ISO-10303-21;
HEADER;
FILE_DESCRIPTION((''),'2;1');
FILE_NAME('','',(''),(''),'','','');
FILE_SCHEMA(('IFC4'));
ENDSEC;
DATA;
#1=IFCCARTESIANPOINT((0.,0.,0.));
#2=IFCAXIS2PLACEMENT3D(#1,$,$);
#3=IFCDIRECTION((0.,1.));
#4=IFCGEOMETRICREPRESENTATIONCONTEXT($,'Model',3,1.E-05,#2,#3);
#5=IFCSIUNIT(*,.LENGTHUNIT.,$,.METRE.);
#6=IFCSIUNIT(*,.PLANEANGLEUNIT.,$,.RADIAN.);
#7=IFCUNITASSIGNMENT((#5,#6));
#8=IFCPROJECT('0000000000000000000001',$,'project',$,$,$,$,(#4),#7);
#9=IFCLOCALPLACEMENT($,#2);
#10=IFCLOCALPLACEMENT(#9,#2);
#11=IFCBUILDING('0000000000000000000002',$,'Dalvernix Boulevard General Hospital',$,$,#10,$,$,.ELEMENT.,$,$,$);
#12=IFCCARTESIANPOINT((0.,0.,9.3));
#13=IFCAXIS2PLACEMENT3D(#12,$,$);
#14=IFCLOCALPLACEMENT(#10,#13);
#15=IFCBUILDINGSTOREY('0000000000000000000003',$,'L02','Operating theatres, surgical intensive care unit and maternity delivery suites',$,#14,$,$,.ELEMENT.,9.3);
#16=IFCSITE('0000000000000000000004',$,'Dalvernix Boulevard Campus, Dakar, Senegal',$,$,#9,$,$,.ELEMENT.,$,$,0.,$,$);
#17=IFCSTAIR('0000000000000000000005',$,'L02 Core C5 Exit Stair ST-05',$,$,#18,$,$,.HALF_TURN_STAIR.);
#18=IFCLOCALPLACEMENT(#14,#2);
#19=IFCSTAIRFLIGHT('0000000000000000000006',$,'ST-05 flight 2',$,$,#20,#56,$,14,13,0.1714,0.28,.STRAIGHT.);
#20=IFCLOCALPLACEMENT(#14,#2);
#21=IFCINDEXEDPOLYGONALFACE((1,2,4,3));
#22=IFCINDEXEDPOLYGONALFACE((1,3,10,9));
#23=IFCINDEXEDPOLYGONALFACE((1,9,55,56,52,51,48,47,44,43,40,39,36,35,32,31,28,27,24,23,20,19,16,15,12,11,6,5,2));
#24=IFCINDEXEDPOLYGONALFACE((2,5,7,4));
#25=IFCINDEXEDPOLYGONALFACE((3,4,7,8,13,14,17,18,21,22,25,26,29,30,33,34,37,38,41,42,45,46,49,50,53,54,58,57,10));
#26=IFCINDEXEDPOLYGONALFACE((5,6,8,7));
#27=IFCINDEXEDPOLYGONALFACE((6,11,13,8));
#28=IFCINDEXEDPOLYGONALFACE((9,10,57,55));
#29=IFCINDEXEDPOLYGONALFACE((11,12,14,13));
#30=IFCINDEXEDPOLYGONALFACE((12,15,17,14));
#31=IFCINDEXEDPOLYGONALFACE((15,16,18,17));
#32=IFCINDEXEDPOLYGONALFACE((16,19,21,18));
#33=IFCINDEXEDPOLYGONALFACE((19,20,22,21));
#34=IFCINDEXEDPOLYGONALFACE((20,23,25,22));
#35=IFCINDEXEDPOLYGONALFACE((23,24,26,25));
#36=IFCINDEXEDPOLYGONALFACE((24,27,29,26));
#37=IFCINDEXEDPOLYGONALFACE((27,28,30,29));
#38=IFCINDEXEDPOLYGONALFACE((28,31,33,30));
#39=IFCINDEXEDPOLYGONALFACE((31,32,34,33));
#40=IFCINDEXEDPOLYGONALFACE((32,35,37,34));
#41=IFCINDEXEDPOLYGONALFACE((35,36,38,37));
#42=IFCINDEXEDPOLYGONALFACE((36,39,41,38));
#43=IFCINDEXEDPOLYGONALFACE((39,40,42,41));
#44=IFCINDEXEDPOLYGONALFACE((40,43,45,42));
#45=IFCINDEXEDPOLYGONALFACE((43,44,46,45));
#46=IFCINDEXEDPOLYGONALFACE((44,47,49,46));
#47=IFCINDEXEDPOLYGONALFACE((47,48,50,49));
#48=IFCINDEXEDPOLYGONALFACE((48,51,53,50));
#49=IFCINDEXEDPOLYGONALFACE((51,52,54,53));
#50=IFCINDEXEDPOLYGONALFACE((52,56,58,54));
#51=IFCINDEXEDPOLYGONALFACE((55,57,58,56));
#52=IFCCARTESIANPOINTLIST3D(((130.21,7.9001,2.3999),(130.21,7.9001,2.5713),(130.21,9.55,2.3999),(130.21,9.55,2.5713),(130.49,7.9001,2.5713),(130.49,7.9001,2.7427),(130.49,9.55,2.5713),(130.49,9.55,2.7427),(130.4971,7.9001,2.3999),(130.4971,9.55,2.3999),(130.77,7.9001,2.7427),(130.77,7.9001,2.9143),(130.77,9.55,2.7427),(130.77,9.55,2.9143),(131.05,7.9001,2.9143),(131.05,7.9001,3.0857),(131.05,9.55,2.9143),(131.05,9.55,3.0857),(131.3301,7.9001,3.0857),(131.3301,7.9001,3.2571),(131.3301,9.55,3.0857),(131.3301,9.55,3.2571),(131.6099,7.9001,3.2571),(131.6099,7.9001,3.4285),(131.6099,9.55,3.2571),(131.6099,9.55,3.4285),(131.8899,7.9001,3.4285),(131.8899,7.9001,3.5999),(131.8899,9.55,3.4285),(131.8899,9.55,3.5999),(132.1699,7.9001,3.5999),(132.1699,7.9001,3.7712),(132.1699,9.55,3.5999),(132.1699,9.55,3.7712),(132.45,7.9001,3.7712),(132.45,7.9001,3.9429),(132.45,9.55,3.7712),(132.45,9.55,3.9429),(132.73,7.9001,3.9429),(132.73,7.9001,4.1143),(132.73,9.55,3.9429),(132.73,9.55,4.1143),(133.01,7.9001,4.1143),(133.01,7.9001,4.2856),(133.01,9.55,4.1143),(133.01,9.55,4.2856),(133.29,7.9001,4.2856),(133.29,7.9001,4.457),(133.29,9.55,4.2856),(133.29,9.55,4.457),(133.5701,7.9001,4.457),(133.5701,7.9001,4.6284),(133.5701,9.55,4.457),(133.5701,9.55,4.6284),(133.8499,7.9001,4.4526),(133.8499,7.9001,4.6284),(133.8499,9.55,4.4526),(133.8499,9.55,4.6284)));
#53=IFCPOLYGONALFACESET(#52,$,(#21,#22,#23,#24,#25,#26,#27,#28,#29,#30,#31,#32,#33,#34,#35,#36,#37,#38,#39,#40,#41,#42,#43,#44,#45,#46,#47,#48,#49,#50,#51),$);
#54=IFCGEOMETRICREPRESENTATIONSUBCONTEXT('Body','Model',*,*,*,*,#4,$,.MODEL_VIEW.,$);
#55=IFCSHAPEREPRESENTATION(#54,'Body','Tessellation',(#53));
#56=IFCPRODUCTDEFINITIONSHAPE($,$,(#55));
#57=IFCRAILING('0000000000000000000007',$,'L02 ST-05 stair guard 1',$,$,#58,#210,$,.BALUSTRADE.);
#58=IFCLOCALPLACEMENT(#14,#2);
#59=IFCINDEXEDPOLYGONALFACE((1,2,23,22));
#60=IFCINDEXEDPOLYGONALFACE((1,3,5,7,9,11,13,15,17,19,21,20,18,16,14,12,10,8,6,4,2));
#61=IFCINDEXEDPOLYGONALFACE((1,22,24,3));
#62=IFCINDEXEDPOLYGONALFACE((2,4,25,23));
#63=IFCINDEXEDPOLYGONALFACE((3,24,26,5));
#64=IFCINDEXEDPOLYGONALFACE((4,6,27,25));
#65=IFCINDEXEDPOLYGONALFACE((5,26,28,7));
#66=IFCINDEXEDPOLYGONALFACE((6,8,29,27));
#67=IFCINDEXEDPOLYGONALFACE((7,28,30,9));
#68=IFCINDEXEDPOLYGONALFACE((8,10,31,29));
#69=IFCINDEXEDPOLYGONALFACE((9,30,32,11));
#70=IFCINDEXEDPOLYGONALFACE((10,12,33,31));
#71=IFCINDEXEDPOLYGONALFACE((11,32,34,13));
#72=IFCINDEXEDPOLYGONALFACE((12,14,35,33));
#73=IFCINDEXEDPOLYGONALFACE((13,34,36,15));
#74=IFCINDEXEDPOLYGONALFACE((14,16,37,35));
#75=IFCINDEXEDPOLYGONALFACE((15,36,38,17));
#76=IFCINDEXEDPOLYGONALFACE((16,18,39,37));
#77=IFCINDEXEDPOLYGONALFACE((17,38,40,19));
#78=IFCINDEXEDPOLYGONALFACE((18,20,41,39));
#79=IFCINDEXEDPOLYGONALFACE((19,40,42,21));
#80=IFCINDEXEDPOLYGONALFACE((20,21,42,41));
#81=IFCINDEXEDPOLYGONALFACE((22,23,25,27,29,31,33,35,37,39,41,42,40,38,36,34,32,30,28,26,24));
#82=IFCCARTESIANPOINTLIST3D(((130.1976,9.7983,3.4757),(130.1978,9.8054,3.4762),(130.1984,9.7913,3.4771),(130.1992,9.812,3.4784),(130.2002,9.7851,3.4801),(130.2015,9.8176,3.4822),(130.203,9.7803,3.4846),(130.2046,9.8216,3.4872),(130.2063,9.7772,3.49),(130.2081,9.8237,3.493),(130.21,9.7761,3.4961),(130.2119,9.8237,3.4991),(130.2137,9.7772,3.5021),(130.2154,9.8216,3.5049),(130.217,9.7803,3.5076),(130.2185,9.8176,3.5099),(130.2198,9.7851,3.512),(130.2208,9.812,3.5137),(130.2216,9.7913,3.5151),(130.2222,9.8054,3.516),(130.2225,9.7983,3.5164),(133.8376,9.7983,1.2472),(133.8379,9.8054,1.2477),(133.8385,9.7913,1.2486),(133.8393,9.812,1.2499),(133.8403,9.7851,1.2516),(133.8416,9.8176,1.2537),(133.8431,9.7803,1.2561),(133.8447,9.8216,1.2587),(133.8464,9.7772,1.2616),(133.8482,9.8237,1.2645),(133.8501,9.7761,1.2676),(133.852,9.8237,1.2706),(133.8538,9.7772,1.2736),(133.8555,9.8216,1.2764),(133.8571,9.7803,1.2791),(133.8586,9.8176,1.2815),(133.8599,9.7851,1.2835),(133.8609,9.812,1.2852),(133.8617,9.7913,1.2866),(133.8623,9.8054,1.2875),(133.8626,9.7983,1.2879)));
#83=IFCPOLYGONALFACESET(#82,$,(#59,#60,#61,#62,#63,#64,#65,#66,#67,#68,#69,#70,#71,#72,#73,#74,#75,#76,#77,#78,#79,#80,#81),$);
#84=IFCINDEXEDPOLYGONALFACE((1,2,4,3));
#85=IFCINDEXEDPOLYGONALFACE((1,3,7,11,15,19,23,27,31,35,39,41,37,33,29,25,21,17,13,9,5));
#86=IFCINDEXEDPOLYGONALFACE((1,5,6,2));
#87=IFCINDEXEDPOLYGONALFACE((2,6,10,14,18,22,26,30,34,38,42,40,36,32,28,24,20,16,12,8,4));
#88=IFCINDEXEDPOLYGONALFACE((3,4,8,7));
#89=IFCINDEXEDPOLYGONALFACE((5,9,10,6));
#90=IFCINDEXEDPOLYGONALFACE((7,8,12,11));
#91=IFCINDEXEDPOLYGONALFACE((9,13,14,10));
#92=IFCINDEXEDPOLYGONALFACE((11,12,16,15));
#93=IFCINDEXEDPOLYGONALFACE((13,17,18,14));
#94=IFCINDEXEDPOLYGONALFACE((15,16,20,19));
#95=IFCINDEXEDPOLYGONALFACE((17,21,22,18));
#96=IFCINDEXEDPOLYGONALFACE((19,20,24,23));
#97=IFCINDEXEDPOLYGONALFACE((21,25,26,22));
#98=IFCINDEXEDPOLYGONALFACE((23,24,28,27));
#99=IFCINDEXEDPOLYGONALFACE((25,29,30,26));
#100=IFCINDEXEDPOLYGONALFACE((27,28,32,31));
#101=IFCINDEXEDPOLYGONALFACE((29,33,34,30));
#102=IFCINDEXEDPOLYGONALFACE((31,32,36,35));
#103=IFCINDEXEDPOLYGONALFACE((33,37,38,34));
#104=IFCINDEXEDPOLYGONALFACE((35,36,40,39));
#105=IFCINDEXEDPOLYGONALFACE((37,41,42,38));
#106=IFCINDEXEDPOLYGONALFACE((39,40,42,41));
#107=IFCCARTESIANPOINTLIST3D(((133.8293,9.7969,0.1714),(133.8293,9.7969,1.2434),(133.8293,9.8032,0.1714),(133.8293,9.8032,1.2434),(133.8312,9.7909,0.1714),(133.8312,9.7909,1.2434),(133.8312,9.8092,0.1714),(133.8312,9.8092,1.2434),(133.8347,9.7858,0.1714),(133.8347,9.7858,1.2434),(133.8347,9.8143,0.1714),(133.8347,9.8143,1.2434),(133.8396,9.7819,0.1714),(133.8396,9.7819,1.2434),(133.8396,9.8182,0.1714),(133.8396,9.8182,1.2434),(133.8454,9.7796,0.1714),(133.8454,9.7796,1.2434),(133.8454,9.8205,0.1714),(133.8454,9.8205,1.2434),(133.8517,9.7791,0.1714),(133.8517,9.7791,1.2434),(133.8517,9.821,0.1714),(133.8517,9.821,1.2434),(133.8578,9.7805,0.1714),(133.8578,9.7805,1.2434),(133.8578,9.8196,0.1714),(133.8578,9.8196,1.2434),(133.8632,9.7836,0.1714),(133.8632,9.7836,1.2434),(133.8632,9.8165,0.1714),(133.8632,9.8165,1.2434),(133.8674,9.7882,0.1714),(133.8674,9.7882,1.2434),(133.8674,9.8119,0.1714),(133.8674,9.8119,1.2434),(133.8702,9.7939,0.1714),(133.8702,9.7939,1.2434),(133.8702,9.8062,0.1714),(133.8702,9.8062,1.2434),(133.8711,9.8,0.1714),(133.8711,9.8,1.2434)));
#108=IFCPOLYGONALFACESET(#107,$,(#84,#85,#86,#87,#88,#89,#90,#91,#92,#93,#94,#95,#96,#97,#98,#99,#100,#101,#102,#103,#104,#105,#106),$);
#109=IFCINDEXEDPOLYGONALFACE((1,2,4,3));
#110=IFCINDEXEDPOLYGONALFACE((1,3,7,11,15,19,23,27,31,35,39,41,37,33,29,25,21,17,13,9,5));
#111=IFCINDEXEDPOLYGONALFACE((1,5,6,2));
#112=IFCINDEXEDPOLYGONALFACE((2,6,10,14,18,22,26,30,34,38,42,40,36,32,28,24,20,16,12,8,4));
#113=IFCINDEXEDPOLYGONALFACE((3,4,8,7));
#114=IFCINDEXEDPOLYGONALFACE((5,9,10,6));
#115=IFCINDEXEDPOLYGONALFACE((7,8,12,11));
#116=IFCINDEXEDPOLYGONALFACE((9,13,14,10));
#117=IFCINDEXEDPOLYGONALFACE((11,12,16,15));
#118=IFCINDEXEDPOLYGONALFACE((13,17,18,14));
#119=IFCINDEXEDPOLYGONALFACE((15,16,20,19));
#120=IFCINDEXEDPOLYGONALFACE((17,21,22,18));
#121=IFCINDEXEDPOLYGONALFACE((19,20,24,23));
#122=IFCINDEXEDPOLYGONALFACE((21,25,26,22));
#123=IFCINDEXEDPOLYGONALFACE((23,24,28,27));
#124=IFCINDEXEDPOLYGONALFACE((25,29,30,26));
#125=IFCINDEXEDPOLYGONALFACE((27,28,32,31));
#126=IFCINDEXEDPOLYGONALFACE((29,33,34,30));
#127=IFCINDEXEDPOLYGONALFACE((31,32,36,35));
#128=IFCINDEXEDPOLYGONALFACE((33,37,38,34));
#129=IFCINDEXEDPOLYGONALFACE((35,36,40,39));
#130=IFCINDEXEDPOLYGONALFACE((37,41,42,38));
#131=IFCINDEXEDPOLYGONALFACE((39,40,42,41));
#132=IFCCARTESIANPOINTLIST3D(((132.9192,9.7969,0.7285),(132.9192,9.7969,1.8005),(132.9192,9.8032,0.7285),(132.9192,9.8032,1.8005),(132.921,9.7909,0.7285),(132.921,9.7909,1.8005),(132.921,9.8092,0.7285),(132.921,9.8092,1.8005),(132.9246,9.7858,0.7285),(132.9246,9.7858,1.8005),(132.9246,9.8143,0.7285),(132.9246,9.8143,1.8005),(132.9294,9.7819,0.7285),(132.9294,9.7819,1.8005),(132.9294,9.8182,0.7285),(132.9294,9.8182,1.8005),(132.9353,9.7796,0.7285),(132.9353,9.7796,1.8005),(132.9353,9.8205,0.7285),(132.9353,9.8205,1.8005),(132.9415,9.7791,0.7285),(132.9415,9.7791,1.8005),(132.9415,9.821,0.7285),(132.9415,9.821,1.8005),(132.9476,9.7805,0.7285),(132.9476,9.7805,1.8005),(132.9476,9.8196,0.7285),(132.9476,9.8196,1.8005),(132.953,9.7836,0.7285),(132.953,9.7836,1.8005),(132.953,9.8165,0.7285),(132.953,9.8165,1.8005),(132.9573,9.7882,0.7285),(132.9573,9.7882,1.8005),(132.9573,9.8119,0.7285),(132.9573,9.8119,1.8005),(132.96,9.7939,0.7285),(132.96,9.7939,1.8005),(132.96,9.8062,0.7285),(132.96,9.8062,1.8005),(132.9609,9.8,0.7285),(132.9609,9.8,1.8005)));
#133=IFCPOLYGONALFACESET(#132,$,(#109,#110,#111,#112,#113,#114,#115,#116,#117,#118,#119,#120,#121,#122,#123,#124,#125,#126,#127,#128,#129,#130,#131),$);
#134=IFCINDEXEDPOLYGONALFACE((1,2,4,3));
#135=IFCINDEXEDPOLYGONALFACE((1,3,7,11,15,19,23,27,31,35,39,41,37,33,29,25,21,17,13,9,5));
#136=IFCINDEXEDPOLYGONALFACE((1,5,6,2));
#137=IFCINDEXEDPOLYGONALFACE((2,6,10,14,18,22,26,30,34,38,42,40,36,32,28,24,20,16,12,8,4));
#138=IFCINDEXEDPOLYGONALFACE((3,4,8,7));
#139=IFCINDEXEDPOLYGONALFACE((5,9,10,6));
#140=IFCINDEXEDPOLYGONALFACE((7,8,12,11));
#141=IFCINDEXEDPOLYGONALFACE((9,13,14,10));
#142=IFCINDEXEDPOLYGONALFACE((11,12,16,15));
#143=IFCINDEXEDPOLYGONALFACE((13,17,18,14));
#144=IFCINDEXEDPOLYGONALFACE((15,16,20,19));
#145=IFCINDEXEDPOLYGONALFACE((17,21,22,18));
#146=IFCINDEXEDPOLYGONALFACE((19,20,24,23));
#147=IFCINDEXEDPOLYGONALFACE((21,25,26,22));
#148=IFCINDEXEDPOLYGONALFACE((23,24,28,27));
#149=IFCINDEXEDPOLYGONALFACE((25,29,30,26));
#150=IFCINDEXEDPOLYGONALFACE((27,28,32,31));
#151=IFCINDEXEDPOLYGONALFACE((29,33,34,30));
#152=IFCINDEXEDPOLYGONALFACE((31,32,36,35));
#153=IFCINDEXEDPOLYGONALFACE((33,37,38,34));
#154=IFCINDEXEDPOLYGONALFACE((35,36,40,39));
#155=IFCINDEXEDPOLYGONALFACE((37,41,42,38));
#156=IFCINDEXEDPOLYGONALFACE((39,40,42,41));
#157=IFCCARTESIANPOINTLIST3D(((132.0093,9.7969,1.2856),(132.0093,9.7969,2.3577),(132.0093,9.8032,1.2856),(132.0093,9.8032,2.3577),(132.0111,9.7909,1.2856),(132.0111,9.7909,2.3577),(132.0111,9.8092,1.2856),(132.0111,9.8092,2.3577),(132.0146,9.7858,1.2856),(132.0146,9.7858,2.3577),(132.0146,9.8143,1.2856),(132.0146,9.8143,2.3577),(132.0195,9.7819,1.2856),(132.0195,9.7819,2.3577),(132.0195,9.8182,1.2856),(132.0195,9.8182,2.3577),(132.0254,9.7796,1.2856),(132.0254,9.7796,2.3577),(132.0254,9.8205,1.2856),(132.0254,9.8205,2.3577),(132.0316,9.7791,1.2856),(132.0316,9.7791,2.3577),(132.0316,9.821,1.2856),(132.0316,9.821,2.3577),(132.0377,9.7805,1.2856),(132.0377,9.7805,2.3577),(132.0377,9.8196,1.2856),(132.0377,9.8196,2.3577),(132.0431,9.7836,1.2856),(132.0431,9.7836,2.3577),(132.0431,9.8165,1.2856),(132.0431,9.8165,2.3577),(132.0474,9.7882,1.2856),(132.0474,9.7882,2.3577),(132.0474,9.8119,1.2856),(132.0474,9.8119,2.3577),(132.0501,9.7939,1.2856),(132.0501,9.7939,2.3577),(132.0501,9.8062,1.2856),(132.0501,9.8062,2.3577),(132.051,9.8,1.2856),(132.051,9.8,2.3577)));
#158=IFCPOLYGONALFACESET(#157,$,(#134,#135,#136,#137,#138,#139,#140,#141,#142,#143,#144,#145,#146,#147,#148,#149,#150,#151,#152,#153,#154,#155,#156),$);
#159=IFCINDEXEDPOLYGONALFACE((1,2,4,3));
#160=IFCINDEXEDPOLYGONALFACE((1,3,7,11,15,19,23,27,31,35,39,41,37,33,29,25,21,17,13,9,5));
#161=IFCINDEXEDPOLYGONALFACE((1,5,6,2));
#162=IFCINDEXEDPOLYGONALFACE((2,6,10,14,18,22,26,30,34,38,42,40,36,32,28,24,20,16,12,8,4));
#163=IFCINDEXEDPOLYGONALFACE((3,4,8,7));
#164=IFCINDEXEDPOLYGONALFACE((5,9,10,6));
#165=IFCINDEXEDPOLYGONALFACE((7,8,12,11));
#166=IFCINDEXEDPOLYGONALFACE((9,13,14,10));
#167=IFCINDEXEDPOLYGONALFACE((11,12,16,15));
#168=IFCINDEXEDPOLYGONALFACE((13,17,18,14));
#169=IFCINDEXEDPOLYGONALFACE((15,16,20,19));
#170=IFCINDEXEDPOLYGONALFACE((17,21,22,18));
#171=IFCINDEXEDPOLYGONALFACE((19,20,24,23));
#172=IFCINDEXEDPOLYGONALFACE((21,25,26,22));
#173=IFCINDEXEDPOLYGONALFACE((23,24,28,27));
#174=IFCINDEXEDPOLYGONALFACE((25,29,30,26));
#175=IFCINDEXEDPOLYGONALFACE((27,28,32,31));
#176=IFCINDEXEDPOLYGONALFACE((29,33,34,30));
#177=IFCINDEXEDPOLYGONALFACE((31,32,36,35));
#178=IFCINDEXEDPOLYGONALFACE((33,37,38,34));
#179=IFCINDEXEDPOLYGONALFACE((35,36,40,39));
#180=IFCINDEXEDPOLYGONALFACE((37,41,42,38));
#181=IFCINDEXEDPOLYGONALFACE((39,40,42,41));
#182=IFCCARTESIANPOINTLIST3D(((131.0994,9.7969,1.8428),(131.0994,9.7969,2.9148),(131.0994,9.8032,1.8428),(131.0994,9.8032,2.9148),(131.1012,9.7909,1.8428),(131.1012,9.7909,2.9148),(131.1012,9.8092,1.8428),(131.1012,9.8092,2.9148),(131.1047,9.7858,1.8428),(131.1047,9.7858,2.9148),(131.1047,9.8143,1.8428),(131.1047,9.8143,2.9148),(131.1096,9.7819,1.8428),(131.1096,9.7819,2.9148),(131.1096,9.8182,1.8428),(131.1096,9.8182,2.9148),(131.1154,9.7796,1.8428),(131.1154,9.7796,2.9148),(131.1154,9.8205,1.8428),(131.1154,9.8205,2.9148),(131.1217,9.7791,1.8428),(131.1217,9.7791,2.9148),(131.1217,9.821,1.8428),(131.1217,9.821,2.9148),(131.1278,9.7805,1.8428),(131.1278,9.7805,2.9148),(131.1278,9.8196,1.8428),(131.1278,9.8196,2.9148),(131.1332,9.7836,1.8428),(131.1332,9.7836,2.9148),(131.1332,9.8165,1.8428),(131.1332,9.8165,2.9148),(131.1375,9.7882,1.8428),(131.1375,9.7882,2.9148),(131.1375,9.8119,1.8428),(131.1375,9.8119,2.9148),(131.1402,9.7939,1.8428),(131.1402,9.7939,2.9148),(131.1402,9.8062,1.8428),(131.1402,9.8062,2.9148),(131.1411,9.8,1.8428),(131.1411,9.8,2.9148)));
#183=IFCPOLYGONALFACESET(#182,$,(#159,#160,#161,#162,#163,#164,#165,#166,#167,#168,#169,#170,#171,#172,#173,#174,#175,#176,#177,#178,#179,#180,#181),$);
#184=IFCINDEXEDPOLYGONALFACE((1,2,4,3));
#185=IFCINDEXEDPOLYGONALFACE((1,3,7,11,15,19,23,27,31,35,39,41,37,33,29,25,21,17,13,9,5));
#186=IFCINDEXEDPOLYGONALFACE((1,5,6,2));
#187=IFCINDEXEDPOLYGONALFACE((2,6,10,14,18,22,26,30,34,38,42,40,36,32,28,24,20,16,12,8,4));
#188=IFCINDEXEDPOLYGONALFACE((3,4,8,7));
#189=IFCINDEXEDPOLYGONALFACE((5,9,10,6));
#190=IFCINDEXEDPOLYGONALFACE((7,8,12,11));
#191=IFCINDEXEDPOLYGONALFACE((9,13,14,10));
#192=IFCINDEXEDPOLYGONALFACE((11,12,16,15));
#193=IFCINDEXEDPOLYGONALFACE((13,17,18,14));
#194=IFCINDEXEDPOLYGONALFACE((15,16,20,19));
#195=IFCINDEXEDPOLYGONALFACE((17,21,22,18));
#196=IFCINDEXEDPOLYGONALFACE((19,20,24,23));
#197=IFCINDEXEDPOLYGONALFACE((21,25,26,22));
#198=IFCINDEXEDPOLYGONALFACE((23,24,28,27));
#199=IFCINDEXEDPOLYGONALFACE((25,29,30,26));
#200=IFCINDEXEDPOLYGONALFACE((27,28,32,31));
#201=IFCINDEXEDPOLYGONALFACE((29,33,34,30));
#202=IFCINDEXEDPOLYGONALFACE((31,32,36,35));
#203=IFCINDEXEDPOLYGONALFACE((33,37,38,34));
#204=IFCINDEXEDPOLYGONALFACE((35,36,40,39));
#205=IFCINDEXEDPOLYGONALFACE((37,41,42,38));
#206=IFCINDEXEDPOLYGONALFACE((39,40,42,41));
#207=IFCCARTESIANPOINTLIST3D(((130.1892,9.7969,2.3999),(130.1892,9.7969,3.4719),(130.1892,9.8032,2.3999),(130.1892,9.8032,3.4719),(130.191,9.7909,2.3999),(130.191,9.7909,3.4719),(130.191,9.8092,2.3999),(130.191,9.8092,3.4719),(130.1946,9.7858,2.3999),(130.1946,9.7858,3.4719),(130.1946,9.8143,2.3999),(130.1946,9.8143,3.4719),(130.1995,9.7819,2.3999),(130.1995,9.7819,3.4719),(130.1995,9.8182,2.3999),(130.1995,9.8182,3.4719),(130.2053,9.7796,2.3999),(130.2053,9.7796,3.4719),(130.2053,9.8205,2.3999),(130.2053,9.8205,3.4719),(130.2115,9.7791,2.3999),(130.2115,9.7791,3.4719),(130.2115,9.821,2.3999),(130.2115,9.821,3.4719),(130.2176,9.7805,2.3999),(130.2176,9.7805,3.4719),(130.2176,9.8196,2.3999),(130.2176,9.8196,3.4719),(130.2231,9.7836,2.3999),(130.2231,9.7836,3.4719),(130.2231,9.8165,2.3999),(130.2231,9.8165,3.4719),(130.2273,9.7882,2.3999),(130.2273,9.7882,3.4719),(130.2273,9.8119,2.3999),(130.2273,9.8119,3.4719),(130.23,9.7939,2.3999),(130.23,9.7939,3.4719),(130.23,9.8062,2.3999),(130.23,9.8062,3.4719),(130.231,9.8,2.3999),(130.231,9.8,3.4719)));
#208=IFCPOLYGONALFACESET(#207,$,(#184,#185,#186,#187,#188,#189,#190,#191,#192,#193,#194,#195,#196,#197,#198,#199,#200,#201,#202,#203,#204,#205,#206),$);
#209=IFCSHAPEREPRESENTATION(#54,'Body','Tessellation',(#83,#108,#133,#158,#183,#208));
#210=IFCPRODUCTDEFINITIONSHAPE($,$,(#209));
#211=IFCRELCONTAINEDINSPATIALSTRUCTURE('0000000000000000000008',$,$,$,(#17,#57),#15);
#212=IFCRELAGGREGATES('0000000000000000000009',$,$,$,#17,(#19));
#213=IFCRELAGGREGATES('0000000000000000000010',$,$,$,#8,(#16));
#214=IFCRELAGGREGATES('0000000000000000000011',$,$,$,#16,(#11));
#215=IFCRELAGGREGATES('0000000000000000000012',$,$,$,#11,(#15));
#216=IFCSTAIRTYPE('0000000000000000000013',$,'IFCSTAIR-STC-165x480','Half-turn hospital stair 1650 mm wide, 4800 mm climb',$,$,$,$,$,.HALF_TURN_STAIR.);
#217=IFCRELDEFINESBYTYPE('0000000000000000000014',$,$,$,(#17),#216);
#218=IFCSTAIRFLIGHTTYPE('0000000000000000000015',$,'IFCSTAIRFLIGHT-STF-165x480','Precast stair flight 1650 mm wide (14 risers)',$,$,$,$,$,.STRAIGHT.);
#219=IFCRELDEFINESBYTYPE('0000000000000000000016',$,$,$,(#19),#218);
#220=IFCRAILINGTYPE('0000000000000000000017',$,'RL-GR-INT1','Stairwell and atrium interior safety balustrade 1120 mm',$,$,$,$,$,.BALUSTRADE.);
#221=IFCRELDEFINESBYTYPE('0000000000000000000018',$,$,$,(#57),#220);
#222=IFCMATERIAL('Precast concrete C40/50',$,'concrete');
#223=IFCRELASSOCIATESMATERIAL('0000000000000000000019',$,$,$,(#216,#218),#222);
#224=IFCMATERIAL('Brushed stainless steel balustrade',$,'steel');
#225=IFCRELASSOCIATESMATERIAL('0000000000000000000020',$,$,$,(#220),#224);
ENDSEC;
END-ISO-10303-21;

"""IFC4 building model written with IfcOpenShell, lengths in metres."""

from ifc_helpers import new_model, si_unit, direction, frame, origin, origin_2d, place, context, subcontext, project, spatial, polyline, circle, outline, extrude, material, type_object, element, aggregate, save


model = new_model("IFC4")

# Units and contexts
model_context = context("Model", 3, precision=1e-05, world=origin(), true_north=direction((0.0, 1.0)))
body_context = subcontext(model_context, "Body", "Model", "MODEL_VIEW")
ifc_project = project(units=[si_unit("LENGTHUNIT", "METRE"), si_unit("PLANEANGLEUNIT", "RADIAN")], contexts=[model_context])

# Site, building, storey
site_placement = place(None, origin())
site = spatial("IfcSite", under=ifc_project, at=site_placement, Name="Dalvernix Boulevard Campus, Dakar, Senegal", CompositionType="ELEMENT", RefElevation=0.0)
building_placement = place(site_placement, origin())
building = spatial("IfcBuilding", under=site, at=building_placement, Name="Dalvernix Boulevard General Hospital", CompositionType="ELEMENT")
storey_placement = place(building_placement, frame((0.0, 0.0, 9.3)))
storey = spatial("IfcBuildingStorey", under=building, at=storey_placement, Name="L02", Description="Operating theatres, surgical intensive care unit and maternity delivery suites", CompositionType="ELEMENT", Elevation=9.3)

# Stair, stair flight
ifc_material_1 = material(Name="Precast concrete C40/50", Category="concrete")
stair_type = type_object("IfcStairType", Name="IFCSTAIR-STC-165x480", Description="Half-turn hospital stair 1650 mm wide, 4800 mm climb", PredefinedType="HALF_TURN_STAIR", material=ifc_material_1)
stair_placement = place(storey_placement, origin())
stair = element("IfcStair", 1, at=stair_placement, inside=storey, type_object=stair_type, Name="L02 Core C5 Exit Stair ST-05", PredefinedType="HALF_TURN_STAIR")
stair_flight_type = type_object("IfcStairFlightType", Name="IFCSTAIRFLIGHT-STF-165x480", Description="Precast stair flight 1650 mm wide (14 risers)", PredefinedType="STRAIGHT", material=ifc_material_1)
stair_flight_1_placement = place(storey_placement, frame((130.21, 8.7251, 2.3999), z_axis=(0.0, 0.0, 1.0), x_axis=(1.0, 0.0, 0.0)))
stair_flight_1 = element("IfcStairFlight", 2, at=stair_flight_1_placement, type_object=stair_flight_type, Name="ST-05 flight 2", NumberOfRisers=14, NumberOfTreads=13, PredefinedType="STRAIGHT", RiserHeight=0.1714, TreadLength=0.28, context=body_context, shape_type="SweptSolid", body=[
    extrude(outline(polyline([(0.0, 0.0), (0.0, 0.1714), (0.28, 0.1714), (0.28, 0.3428), (0.5601, 0.3428), (0.5601, 0.5144), (0.8401, 0.5144), (0.8401, 0.6858), (1.1201, 0.6858), (1.1201, 0.8572), (1.3999, 0.8572), (1.3999, 1.0286), (1.6799, 1.0286), (1.6799, 1.2), (1.96, 1.2), (1.96, 1.3713), (2.24, 1.3713), (2.24, 1.543), (2.52, 1.543), (2.52, 1.7144), (2.8, 1.7144), (2.8, 1.8857), (3.0801, 1.8857), (3.0801, 2.0571), (3.3601, 2.0571), (3.3601, 2.2285), (3.6399, 2.2285), (3.6399, 2.3999), (3.6399, 2.0527), (0.2871, 0.0), (0.0, 0.0)])), frame((0.0, 0.825, 0.0), z_axis=(0.0, -1.0, 0.0), x_axis=(1.0, 0.0, 0.0)), (0.0, 0.0, 1.0), 1.6499),
])
aggregate(stair, [stair_flight_1])

# Railing
ifc_material_2 = material(Name="Brushed stainless steel balustrade", Category="steel")
railing_type_1 = type_object("IfcRailingType", Name="RL-GR-INT1", Description="Stairwell and atrium interior safety balustrade 1120 mm", PredefinedType="BALUSTRADE", material=ifc_material_2)
railing_1_placement = place(storey_placement, frame((133.8501, 9.8, 0.1714)))
element("IfcRailing", 3, at=railing_1_placement, inside=storey, type_object=railing_type_1, Name="L02 ST-05 stair guard 1", PredefinedType="BALUSTRADE", context=body_context, shape_type="SweptSolid", body=[
    extrude(circle(Radius=0.0239, at=origin_2d()), frame((0.0, 0.0, 1.0962), z_axis=(-0.852866, 0.0, 0.52213), x_axis=(0.0, -1.0, 0.0)), (0.0, 0.0, 1.0), 4.2681),
    extrude(circle(Radius=0.021, at=origin_2d()), origin(), (0.0, 0.0, 1.0), 1.072),
    extrude(circle(Radius=0.021, at=origin_2d()), frame((-0.9102, 0.0, 0.5571)), (0.0, 0.0, 1.0), 1.072),
    extrude(circle(Radius=0.021, at=origin_2d()), frame((-1.8201, 0.0, 1.1143)), (0.0, 0.0, 1.0), 1.072),
    extrude(circle(Radius=0.021, at=origin_2d()), frame((-2.73, 0.0, 1.6714)), (0.0, 0.0, 1.0), 1.072),
    extrude(circle(Radius=0.021, at=origin_2d()), frame((-3.6401, 0.0, 2.2285)), (0.0, 0.0, 1.0), 1.072),
])

save(model, "model.ifc")
